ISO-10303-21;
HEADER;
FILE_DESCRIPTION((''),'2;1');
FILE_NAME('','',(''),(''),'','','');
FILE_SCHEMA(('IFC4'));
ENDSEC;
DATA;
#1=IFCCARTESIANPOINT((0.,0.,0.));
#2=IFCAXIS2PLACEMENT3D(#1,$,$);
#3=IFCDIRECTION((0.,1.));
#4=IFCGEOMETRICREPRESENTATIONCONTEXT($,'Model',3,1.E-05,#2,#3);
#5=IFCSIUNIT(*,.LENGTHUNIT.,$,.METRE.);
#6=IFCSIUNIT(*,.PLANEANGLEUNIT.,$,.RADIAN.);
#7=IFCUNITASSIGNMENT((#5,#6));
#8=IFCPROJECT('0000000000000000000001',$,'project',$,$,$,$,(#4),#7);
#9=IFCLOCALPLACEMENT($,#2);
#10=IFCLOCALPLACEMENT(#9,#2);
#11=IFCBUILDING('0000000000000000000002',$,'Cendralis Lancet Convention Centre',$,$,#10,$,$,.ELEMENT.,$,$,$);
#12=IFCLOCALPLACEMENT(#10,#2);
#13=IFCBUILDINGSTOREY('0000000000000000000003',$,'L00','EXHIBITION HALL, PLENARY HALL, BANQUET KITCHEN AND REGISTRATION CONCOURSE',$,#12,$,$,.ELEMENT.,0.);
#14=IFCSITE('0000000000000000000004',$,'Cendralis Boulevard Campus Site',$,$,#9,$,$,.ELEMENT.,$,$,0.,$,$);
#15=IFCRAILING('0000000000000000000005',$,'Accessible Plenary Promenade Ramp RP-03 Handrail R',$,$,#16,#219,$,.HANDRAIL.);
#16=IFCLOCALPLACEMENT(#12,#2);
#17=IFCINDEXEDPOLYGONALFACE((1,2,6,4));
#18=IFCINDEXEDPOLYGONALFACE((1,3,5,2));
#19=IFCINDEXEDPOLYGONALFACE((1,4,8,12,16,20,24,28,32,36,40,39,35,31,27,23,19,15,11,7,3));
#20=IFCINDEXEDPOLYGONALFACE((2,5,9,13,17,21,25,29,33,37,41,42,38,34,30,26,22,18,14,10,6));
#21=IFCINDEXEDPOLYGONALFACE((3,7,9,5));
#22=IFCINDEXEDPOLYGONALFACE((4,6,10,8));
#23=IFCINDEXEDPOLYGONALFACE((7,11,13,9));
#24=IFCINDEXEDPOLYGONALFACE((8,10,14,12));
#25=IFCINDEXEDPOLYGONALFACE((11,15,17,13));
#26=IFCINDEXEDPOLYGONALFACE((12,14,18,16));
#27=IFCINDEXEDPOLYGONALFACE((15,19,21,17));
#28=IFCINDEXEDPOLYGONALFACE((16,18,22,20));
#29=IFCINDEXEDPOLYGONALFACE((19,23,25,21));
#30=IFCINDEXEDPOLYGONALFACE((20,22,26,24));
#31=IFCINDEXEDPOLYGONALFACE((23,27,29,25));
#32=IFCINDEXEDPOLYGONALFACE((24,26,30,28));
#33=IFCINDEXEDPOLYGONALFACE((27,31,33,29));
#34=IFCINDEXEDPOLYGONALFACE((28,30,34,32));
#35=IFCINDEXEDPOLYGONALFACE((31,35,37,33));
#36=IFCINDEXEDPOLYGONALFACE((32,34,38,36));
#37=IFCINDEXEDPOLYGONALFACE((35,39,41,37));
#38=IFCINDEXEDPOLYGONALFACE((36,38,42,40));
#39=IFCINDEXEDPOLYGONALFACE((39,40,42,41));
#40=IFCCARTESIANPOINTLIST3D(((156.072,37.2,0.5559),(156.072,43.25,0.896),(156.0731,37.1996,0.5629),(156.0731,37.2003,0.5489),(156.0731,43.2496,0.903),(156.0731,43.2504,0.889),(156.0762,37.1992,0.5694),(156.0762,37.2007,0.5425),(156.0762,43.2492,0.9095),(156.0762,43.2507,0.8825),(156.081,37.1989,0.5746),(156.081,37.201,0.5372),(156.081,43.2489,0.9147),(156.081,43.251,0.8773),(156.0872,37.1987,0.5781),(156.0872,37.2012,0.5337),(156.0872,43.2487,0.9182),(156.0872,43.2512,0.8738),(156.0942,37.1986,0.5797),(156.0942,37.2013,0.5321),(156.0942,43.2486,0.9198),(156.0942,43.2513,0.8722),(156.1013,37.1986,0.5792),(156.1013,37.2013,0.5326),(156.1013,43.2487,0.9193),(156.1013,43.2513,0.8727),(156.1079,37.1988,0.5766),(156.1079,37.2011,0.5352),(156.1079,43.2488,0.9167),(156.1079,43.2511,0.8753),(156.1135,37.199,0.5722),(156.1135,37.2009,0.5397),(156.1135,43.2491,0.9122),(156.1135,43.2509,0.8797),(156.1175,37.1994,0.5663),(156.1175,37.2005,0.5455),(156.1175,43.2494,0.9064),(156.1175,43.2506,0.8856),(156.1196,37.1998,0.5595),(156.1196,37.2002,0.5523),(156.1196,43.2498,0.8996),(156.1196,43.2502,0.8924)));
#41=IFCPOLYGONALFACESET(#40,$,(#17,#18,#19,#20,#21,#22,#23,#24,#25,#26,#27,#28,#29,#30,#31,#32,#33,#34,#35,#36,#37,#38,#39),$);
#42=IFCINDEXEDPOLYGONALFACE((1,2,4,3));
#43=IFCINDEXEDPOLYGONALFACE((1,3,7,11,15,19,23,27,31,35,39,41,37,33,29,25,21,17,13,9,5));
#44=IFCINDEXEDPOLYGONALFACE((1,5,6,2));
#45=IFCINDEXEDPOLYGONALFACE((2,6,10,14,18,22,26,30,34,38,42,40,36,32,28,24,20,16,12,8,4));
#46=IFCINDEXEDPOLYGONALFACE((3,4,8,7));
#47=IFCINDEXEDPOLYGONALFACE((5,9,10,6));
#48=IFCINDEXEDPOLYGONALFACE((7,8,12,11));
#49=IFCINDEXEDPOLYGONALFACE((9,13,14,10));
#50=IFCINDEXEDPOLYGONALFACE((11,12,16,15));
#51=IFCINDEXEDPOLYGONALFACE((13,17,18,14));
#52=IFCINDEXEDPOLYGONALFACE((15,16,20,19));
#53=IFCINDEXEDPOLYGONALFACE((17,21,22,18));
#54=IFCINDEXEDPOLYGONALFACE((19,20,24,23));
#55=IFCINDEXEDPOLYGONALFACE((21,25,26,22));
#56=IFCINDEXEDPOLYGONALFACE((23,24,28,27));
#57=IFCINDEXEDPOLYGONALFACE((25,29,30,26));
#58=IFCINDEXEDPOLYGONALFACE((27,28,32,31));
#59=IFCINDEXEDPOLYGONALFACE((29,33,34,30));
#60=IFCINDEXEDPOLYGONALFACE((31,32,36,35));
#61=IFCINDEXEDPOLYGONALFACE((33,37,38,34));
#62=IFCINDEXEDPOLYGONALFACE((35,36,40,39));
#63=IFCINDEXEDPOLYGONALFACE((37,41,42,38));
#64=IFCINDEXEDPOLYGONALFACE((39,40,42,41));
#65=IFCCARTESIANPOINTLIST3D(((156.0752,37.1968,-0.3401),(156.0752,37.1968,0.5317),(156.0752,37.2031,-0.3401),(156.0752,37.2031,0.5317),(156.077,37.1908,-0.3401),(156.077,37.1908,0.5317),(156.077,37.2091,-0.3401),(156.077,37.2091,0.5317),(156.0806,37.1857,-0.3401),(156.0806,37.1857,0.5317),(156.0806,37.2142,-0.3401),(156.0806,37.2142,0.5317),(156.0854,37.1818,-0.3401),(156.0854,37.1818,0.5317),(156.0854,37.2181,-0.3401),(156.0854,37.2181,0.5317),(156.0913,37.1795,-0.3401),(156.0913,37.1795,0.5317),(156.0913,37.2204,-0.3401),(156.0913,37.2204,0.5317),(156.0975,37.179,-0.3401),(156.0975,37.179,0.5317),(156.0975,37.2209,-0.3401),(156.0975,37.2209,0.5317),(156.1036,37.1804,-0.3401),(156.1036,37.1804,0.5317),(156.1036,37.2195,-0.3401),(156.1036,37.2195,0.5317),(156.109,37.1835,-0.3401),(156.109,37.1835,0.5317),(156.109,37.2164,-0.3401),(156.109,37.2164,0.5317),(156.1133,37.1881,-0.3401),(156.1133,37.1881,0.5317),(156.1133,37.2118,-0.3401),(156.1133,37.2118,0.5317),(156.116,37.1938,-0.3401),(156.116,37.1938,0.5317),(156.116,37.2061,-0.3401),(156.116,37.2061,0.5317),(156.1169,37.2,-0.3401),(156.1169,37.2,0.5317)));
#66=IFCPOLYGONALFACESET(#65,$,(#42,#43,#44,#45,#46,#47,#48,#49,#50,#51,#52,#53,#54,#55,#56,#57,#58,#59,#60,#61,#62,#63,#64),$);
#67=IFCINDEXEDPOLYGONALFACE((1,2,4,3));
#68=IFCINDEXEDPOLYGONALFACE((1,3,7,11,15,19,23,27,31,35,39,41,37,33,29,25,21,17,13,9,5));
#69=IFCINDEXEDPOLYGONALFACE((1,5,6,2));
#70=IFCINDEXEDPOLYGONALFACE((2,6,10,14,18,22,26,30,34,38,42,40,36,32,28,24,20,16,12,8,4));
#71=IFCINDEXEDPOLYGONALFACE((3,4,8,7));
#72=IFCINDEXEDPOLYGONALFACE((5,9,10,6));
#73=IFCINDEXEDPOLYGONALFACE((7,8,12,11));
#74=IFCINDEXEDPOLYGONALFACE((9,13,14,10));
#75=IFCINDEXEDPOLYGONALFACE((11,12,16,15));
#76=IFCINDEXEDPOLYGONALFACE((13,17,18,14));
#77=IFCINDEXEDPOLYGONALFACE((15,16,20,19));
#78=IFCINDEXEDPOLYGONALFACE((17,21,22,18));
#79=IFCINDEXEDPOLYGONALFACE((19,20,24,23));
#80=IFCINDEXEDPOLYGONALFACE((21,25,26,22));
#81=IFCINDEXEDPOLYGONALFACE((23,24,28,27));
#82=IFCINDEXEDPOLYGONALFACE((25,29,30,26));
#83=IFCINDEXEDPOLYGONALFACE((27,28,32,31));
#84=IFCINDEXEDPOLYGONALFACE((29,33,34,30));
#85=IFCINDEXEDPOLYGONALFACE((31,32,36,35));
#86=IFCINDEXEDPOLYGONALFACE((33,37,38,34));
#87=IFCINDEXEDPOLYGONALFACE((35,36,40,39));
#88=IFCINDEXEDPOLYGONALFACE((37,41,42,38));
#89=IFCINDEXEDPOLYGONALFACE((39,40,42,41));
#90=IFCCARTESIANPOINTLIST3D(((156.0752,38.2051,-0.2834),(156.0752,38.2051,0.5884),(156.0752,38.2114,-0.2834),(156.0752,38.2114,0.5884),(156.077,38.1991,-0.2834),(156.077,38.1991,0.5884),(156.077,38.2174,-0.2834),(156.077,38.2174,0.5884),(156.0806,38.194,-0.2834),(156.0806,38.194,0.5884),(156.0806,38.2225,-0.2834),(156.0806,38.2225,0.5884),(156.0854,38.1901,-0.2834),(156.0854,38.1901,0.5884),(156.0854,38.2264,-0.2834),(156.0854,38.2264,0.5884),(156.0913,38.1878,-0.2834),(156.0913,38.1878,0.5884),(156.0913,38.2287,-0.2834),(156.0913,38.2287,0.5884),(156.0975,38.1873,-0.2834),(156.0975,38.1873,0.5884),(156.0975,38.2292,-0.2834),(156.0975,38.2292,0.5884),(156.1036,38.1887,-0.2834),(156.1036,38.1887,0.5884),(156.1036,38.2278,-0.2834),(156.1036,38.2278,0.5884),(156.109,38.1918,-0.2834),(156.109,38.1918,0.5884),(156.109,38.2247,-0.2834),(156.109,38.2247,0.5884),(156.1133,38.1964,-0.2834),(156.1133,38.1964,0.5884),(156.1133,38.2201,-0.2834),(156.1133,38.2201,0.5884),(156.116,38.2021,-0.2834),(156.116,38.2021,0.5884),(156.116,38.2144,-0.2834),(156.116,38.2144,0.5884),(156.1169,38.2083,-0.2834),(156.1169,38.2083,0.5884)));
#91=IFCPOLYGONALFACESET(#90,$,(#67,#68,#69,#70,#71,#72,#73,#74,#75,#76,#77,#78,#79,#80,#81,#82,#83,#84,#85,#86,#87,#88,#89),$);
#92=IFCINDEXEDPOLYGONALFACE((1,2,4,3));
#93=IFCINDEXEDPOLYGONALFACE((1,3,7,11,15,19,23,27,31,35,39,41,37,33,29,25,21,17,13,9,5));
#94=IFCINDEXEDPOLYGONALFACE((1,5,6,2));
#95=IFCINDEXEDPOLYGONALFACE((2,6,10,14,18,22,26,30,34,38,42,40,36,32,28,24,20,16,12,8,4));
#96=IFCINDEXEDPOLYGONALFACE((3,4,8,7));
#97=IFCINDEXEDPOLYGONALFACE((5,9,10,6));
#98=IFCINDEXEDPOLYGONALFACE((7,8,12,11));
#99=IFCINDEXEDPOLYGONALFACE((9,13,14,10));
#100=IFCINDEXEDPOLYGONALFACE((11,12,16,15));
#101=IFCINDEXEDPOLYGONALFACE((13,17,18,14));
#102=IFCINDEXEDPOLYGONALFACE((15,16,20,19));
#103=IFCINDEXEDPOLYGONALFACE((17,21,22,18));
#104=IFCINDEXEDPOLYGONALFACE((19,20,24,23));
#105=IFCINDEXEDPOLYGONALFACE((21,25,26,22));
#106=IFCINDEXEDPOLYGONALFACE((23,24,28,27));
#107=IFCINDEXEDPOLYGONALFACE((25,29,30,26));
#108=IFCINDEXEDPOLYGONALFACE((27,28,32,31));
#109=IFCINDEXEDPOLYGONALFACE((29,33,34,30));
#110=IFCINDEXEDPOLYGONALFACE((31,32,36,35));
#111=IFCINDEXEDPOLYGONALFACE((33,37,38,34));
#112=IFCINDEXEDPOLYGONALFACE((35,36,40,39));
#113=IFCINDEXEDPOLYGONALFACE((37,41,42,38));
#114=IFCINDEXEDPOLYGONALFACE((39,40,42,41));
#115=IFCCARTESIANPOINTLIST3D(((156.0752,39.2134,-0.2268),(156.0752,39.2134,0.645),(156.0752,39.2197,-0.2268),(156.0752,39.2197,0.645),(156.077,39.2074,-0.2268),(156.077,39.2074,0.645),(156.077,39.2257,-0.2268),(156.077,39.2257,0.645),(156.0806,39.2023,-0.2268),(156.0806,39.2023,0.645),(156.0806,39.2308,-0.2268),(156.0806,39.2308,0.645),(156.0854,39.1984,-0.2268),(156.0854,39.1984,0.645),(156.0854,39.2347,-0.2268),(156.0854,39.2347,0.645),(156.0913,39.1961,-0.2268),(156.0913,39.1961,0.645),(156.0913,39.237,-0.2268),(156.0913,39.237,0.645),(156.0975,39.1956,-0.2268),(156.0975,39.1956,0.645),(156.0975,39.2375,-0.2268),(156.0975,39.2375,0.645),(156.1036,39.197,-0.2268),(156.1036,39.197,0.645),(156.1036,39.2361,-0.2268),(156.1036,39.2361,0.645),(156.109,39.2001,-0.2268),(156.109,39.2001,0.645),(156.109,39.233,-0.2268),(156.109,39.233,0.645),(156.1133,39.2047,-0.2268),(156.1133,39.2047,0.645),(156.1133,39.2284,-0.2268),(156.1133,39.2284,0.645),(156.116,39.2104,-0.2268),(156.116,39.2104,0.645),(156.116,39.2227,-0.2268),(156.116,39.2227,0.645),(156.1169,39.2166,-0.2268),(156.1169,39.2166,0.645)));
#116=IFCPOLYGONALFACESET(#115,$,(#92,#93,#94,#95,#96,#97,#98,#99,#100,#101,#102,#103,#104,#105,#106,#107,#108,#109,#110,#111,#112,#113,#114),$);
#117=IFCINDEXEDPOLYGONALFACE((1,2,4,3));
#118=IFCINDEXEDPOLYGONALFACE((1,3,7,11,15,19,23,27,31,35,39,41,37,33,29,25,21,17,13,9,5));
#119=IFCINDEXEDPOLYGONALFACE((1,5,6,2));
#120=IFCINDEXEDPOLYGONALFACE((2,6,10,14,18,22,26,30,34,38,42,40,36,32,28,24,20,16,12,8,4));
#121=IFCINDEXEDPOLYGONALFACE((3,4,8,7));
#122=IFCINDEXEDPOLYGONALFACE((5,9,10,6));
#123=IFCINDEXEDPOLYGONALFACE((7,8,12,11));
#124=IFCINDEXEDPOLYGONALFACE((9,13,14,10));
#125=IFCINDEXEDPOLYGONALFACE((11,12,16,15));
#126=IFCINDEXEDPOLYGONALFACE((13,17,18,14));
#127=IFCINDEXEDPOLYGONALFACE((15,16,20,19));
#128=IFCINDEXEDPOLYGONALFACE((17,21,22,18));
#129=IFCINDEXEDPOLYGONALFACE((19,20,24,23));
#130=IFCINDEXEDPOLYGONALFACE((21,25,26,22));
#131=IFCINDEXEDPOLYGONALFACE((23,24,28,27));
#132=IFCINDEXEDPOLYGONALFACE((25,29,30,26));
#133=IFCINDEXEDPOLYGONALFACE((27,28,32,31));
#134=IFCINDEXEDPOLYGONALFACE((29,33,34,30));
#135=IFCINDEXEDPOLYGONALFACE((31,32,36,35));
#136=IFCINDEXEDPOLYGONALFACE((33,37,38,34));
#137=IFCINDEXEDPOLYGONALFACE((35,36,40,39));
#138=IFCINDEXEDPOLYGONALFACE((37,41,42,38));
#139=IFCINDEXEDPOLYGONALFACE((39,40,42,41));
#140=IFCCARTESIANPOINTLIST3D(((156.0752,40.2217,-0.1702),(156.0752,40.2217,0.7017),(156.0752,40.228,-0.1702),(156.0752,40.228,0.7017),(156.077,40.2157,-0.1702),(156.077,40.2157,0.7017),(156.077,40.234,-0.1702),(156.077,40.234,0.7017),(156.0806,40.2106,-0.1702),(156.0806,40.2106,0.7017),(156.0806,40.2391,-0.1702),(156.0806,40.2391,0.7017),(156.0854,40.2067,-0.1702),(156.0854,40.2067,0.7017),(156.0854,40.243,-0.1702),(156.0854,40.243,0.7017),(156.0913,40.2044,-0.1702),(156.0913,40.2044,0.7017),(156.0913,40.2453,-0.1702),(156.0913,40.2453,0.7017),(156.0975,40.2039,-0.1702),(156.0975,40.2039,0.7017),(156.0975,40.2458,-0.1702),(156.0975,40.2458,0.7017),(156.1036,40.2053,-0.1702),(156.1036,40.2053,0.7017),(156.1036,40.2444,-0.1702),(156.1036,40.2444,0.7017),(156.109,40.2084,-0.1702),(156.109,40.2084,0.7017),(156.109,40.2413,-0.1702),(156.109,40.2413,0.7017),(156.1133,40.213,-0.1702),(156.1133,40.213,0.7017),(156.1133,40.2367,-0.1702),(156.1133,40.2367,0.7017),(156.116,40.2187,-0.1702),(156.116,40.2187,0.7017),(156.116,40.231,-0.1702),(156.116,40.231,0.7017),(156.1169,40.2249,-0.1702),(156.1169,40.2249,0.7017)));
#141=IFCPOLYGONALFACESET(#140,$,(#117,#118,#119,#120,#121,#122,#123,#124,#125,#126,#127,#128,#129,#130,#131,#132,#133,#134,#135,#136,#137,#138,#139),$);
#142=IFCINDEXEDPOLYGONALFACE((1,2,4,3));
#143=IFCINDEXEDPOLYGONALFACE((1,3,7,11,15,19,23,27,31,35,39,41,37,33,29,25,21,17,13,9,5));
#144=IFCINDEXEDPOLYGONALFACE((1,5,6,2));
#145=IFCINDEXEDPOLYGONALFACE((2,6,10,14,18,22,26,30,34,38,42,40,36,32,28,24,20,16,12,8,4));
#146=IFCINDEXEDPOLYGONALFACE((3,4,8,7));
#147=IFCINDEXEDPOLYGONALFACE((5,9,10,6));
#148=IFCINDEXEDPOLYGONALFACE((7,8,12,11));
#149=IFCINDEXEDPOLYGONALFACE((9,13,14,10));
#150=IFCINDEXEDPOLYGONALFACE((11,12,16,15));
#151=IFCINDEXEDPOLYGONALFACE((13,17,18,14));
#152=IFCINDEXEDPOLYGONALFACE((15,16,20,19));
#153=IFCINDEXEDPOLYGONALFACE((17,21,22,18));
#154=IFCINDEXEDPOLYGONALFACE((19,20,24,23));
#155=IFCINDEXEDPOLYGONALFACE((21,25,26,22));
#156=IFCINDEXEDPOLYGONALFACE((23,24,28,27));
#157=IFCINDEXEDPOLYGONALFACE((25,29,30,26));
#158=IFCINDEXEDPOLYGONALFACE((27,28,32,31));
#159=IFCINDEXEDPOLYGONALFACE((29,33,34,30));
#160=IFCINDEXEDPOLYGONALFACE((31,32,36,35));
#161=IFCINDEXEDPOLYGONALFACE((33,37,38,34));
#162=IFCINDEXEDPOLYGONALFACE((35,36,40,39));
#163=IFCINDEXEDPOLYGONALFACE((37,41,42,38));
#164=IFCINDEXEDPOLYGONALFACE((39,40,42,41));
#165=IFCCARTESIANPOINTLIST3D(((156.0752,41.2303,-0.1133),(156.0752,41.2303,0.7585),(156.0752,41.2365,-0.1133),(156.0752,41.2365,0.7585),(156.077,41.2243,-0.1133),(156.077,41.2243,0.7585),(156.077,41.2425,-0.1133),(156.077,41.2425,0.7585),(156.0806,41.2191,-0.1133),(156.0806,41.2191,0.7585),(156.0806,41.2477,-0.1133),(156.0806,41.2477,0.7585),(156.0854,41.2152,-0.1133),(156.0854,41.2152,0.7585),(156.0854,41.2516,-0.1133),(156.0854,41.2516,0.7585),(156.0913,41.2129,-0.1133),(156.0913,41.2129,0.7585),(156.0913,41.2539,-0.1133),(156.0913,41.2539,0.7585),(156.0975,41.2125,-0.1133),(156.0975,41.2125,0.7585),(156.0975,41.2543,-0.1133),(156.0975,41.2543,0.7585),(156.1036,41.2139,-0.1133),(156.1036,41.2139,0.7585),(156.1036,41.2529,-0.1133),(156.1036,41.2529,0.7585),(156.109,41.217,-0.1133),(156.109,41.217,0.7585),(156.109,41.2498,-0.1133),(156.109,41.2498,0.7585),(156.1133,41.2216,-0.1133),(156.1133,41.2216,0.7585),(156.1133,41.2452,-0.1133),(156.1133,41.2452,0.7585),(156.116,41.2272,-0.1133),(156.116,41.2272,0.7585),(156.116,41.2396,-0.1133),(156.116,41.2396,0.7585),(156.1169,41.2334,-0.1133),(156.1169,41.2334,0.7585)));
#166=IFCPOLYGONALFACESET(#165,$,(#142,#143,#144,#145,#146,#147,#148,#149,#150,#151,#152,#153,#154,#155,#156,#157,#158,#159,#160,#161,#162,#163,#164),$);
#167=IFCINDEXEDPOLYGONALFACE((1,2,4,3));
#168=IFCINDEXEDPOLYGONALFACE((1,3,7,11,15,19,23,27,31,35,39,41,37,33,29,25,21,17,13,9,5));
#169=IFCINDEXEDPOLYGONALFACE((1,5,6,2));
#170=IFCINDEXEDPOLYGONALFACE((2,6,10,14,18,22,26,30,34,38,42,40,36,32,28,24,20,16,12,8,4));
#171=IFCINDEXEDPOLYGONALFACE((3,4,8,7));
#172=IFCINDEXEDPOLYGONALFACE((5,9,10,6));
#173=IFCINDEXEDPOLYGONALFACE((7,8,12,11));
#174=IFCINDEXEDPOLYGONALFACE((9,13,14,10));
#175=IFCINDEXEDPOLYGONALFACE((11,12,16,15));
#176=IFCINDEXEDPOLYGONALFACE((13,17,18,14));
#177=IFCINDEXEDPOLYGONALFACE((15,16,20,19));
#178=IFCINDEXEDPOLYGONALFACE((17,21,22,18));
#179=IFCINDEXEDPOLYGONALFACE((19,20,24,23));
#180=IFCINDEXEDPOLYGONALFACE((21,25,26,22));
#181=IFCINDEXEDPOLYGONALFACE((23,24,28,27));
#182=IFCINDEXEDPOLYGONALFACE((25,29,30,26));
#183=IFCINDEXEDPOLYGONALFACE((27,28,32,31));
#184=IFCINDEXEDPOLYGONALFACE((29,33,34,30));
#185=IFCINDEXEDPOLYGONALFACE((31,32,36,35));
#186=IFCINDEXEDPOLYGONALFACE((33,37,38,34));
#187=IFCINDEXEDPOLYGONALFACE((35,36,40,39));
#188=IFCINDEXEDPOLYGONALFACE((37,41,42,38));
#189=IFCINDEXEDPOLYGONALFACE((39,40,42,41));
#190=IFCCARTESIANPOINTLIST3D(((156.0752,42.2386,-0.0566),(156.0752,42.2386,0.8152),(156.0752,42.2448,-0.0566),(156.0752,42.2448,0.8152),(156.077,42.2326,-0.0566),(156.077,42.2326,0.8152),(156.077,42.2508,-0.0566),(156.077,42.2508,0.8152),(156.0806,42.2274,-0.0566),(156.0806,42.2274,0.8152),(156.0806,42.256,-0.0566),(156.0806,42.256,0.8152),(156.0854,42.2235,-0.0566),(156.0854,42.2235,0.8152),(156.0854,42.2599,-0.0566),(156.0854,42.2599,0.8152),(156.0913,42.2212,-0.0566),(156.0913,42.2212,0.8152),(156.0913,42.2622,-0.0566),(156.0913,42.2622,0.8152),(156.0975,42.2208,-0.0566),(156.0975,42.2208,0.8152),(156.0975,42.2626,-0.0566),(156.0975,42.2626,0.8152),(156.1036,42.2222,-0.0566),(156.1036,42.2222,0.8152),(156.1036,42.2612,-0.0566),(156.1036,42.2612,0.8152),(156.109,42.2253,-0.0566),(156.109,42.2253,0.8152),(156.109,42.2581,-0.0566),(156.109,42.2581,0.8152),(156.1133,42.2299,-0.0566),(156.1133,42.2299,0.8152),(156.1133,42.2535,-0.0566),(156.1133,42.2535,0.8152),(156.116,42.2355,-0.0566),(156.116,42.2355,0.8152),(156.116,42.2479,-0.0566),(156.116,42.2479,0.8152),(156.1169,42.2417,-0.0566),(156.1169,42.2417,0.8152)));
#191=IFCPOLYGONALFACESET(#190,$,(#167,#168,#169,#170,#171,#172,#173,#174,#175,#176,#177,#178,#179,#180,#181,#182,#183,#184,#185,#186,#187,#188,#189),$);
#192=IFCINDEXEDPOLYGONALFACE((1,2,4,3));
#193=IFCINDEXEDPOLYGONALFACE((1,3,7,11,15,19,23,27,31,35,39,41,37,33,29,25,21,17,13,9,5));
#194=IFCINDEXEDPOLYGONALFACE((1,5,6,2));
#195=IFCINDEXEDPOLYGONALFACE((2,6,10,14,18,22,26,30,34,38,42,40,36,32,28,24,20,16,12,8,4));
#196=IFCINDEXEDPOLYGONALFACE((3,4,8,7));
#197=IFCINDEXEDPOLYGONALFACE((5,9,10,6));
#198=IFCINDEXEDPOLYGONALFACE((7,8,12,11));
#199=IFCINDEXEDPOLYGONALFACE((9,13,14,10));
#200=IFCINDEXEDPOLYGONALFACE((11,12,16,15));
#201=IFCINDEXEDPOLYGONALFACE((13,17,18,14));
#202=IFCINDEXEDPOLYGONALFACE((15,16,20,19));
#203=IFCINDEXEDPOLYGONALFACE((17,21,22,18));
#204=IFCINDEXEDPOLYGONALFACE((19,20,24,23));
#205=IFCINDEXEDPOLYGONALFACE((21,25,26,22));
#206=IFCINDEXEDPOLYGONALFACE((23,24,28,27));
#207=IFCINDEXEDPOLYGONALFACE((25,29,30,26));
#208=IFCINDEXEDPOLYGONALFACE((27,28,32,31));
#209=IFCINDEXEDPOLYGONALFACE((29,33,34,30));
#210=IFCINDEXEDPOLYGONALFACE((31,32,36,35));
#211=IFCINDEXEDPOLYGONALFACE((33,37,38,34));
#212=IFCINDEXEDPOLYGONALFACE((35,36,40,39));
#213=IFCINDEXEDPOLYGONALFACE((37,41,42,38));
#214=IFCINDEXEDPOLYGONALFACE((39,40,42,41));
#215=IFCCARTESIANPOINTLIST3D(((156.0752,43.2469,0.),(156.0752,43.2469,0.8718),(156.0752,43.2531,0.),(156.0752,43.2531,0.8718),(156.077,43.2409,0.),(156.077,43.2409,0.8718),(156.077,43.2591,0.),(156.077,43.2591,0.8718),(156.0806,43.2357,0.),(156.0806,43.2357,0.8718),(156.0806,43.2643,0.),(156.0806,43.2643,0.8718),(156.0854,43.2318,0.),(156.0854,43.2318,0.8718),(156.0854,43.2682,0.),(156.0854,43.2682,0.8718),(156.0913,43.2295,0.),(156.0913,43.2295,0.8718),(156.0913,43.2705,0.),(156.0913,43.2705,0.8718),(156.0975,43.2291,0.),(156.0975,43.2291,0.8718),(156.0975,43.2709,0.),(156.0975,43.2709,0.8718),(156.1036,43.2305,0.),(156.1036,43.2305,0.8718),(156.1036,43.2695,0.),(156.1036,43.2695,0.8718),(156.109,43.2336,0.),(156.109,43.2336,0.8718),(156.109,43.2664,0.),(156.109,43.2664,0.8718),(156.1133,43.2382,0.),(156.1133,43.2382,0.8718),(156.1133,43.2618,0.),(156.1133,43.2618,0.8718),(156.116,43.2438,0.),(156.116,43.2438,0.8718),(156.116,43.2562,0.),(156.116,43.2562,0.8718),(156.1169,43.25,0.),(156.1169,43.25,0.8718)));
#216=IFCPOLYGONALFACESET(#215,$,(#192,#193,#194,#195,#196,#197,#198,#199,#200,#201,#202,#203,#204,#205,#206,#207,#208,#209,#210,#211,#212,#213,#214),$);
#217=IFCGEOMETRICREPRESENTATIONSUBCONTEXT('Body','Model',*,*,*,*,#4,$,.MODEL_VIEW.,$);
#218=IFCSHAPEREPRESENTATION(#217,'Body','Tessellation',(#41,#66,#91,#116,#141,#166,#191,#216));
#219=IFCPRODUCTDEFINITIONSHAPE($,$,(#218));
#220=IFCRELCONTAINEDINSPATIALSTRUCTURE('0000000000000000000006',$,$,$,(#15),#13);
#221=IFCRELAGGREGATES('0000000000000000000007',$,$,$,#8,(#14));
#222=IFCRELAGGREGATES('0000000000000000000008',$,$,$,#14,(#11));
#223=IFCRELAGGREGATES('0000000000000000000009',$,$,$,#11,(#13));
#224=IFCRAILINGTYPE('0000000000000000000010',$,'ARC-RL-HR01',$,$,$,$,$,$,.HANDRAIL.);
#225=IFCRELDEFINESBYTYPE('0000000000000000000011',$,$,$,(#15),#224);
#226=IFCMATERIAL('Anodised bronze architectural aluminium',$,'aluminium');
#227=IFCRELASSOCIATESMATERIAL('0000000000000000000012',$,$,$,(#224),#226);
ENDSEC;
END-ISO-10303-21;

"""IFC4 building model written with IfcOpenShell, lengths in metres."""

from ifc_helpers import new_model, si_unit, direction, frame, origin, origin_2d, place, context, subcontext, project, spatial, circle, extrude, material, type_object, element, save


model = new_model("IFC4")

# Units and contexts
model_context = context("Model", 3, precision=1e-05, world=origin(), true_north=direction((0.0, 1.0)))
body_context = subcontext(model_context, "Body", "Model", "MODEL_VIEW")
ifc_project = project(units=[si_unit("LENGTHUNIT", "METRE"), si_unit("PLANEANGLEUNIT", "RADIAN")], contexts=[model_context])

# Site, building, storey
site_placement = place(None, origin())
site = spatial("IfcSite", under=ifc_project, at=site_placement, Name="Cendralis Boulevard Campus Site", CompositionType="ELEMENT", RefElevation=0.0)
building_placement = place(site_placement, origin())
building = spatial("IfcBuilding", under=site, at=building_placement, Name="Cendralis Lancet Convention Centre", CompositionType="ELEMENT")
storey_placement = place(building_placement, origin())
storey = spatial("IfcBuildingStorey", under=building, at=storey_placement, Name="L00", Description="EXHIBITION HALL, PLENARY HALL, BANQUET KITCHEN AND REGISTRATION CONCOURSE", CompositionType="ELEMENT", Elevation=0.0)

# Shared definitions
ifc_material_1 = material(Name="Anodised bronze architectural aluminium", Category="aluminium")

# Railing
railing_type = type_object("IfcRailingType", Name="ARC-RL-HR01", PredefinedType="HANDRAIL", material=ifc_material_1)
for number, where, name in (
    (1, (156.0959, 37.2, -0.3401), "Accessible Plenary Promenade Ramp RP-03 Handrail R"),
):
    element("IfcRailing", number, at=place(storey_placement, frame(where)), inside=storey, type_object=railing_type, Name=name, PredefinedType="HANDRAIL", context=body_context, shape_type="SweptSolid", body=[
        extrude(circle(Radius=0.0239, at=origin_2d()), frame((0.0, 0.0, 0.896), z_axis=(0.0, 0.998424, 0.056124), x_axis=(-1.0, 0.0, 0.0)), (0.0, 0.0, 1.0), 6.0596),
        extrude(circle(Radius=0.021, at=origin_2d()), origin(), (0.0, 0.0, 1.0), 0.8718),
        extrude(circle(Radius=0.021, at=origin_2d()), frame((0.0, 1.0083, 0.0566)), (0.0, 0.0, 1.0), 0.8718),
        extrude(circle(Radius=0.021, at=origin_2d()), frame((0.0, 2.0166, 0.1133)), (0.0, 0.0, 1.0), 0.8718),
        extrude(circle(Radius=0.021, at=origin_2d()), frame((0.0, 3.0249, 0.1699)), (0.0, 0.0, 1.0), 0.8718),
        extrude(circle(Radius=0.021, at=origin_2d()), frame((0.0, 4.0334, 0.2268)), (0.0, 0.0, 1.0), 0.8718),
        extrude(circle(Radius=0.021, at=origin_2d()), frame((0.0, 5.0417, 0.2834)), (0.0, 0.0, 1.0), 0.8718),
        extrude(circle(Radius=0.021, at=origin_2d()), frame((0.0, 6.05, 0.3401)), (0.0, 0.0, 1.0), 0.8718),
    ])

save(model, "model.ifc")
